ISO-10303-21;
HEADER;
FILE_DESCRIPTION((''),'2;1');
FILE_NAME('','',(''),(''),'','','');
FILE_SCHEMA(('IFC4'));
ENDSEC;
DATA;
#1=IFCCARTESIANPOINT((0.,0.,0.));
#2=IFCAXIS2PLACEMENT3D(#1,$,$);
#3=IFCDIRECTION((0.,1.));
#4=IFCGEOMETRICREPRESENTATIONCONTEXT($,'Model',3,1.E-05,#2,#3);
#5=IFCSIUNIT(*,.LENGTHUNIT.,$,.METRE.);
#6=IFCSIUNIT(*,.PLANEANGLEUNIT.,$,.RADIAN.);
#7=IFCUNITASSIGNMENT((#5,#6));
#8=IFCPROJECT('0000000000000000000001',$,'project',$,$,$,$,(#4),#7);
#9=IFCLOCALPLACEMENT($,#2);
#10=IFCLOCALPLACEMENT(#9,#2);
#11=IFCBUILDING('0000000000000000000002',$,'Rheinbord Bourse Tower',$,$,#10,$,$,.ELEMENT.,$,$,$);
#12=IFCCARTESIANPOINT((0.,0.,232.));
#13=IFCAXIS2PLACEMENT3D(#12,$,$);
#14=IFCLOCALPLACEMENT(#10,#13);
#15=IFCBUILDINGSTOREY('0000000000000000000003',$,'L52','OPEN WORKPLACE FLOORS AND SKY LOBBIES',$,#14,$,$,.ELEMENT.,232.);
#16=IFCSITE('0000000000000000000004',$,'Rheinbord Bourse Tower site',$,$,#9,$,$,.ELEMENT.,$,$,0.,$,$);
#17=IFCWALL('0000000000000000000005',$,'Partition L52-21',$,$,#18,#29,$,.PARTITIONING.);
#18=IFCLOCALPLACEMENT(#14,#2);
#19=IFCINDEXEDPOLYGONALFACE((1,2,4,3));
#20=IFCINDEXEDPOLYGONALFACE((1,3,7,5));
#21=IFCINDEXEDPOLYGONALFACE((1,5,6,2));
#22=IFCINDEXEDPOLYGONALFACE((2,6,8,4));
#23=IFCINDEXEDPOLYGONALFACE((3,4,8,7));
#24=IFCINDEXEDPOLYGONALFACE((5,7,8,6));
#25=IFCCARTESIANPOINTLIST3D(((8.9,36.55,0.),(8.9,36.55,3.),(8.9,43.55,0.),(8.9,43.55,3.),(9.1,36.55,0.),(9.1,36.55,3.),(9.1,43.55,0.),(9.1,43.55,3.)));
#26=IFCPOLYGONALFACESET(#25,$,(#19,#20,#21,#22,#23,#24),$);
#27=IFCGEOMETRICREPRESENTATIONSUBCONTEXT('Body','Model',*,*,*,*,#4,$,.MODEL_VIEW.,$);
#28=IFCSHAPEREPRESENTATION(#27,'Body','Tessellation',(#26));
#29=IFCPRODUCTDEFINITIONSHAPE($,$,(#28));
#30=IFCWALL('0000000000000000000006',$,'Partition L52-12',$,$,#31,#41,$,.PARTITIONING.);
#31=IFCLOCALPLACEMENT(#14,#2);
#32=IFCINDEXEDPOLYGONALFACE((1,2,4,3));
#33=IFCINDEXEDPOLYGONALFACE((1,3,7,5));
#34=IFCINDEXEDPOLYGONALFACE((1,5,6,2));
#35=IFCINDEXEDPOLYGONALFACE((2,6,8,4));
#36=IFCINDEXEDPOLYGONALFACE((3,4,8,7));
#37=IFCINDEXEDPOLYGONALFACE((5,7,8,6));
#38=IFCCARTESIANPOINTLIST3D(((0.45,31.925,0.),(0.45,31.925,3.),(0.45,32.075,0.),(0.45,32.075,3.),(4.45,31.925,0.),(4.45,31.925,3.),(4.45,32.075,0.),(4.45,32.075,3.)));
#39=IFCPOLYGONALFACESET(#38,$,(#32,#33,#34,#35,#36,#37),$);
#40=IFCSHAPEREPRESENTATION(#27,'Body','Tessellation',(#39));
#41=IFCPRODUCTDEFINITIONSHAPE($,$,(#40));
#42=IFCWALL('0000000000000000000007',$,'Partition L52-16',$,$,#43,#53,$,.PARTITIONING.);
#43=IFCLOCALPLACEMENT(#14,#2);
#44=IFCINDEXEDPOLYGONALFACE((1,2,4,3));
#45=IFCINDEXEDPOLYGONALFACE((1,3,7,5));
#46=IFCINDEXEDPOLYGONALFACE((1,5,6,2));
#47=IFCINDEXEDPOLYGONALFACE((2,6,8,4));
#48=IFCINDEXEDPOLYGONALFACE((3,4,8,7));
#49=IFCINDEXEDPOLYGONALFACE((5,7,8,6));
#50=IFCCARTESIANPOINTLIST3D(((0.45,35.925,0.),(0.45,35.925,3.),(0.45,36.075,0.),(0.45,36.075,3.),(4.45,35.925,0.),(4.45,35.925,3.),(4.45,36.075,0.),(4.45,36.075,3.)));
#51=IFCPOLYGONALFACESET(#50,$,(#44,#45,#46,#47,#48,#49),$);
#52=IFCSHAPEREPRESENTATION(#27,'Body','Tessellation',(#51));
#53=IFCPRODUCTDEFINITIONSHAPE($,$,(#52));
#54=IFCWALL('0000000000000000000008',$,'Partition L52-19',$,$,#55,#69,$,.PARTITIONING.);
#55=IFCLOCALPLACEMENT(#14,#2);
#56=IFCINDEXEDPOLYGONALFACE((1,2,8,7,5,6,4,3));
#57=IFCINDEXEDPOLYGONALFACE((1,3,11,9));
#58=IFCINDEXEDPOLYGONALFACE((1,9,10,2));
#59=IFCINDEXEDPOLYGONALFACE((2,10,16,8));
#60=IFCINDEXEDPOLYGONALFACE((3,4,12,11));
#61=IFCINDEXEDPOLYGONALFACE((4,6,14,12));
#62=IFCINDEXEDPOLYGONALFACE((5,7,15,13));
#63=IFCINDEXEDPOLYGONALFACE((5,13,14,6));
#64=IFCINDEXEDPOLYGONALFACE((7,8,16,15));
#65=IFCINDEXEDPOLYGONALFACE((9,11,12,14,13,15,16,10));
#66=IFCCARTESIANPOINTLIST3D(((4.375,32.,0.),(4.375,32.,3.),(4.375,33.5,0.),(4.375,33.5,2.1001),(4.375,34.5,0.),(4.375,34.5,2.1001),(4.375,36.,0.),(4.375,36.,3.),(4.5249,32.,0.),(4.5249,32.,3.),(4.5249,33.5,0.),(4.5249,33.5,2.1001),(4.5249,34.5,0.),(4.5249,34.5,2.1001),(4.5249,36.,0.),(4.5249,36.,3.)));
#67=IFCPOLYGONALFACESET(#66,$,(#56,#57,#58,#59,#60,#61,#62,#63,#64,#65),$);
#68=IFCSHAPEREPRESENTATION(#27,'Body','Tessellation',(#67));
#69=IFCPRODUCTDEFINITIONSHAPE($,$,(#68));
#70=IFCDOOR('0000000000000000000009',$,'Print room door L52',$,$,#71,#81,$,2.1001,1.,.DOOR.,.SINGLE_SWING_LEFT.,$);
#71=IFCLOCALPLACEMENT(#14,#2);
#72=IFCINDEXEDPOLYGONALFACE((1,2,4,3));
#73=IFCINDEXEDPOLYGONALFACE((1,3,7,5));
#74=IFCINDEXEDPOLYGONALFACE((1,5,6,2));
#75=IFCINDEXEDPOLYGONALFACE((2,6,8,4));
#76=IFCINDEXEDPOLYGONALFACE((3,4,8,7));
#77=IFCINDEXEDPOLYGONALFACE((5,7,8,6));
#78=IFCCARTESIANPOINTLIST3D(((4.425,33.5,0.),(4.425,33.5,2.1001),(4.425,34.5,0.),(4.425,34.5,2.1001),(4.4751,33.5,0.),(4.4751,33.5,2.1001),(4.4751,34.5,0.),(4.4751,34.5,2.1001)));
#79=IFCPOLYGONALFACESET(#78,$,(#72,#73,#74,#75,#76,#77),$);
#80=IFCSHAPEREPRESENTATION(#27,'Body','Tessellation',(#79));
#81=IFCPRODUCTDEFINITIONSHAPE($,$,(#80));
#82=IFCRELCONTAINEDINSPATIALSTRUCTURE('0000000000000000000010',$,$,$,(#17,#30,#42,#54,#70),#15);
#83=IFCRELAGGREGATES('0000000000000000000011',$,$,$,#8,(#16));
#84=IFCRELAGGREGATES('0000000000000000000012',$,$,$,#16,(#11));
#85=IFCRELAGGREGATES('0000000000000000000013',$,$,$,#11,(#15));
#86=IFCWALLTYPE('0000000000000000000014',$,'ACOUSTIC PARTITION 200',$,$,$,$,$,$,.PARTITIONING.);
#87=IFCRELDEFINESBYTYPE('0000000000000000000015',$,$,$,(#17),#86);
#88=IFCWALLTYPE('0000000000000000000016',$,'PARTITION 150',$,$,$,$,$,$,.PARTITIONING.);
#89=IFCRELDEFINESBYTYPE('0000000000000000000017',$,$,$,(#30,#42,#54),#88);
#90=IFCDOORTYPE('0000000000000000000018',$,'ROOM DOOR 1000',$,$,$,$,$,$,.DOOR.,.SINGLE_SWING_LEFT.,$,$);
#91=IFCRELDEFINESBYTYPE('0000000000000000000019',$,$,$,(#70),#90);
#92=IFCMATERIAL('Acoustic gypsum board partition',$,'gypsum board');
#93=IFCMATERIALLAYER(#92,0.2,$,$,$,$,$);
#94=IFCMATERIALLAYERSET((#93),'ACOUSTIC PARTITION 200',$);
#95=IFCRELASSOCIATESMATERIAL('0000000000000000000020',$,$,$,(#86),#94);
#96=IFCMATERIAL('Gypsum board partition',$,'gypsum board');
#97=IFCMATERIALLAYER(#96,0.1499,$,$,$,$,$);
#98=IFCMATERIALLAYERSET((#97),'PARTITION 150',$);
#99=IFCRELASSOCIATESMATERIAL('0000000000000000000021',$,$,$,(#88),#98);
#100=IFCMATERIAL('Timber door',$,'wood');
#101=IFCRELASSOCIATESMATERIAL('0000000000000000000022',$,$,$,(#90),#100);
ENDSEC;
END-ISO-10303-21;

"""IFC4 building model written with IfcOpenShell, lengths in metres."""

from ifc_helpers import new_model, si_unit, direction, frame, frame_2d, origin, place, context, subcontext, project, spatial, rectangle, extrude, material, layer, layer_set, type_object, element, fill, save


model = new_model("IFC4")

# Units and contexts
model_context = context("Model", 3, precision=1e-05, world=origin(), true_north=direction((0.0, 1.0)))
body_context = subcontext(model_context, "Body", "Model", "MODEL_VIEW")
ifc_project = project(units=[si_unit("LENGTHUNIT", "METRE"), si_unit("PLANEANGLEUNIT", "RADIAN")], contexts=[model_context])

# Site, building, storey
site_placement = place(None, origin())
site = spatial("IfcSite", under=ifc_project, at=site_placement, Name="Rheinbord Bourse Tower site", CompositionType="ELEMENT", RefElevation=0.0)
building_placement = place(site_placement, origin())
building = spatial("IfcBuilding", under=site, at=building_placement, Name="Rheinbord Bourse Tower", CompositionType="ELEMENT")
storey_placement = place(building_placement, frame((0.0, 0.0, 232.0)))
storey = spatial("IfcBuildingStorey", under=building, at=storey_placement, Name="L52", Description="OPEN WORKPLACE FLOORS AND SKY LOBBIES", CompositionType="ELEMENT", Elevation=232.0)

# Shared definitions
ifc_material_1 = material(Name="Acoustic gypsum board partition", Category="gypsum board")
ifc_layer_1 = layer(ifc_material_1, 0.2)
ifc_layer_set_1 = layer_set([ifc_layer_1], Name="ACOUSTIC PARTITION 200")
wall_type_1 = type_object("IfcWallType", Name="ACOUSTIC PARTITION 200", PredefinedType="PARTITIONING", material=ifc_layer_set_1)

# Walls
wall_1_placement = place(storey_placement, frame((9.0, 36.55, 0.0), z_axis=(0.0, 0.0, 1.0), x_axis=(0.0, 1.0, 0.0)))
element("IfcWall", 1, at=wall_1_placement, inside=storey, type_object=wall_type_1, Name="Partition L52-21", PredefinedType="PARTITIONING", context=body_context, shape_type="SweptSolid", body=[
    extrude(rectangle(XDim=7.0, YDim=0.2, at=frame_2d((3.5, 0.0))), origin(), (0.0, 0.0, 1.0), 3.0),
])
ifc_material_2 = material(Name="Gypsum board partition", Category="gypsum board")
ifc_layer_2 = layer(ifc_material_2, 0.1499)
ifc_layer_set_2 = layer_set([ifc_layer_2], Name="PARTITION 150")
wall_type_2 = type_object("IfcWallType", Name="PARTITION 150", PredefinedType="PARTITIONING", material=ifc_layer_set_2)
for number, where, z_axis, x_axis, name in (
    (2, (0.45, 32.0, 0.0), (0.0, 0.0, 1.0), (1.0, 0.0, 0.0), "Partition L52-12"),
    (3, (0.45, 36.0, 0.0), (0.0, 0.0, 1.0), (1.0, 0.0, 0.0), "Partition L52-16"),
):
    element("IfcWall", number, at=place(storey_placement, frame(where, z_axis=z_axis, x_axis=x_axis)), inside=storey, type_object=wall_type_2, Name=name, PredefinedType="PARTITIONING", context=body_context, shape_type="SweptSolid", body=[
        extrude(rectangle(XDim=4.0, YDim=0.1499, at=frame_2d((2.0, 0.0))), origin(), (0.0, 0.0, 1.0), 3.0),
    ])

# Wall, opening, door
wall_2_placement = place(storey_placement, frame((4.45, 32.0, 0.0), z_axis=(0.0, 0.0, 1.0), x_axis=(0.0, 1.0, 0.0)))
wall_2 = element("IfcWall", 4, at=wall_2_placement, inside=storey, type_object=wall_type_2, Name="Partition L52-19", PredefinedType="PARTITIONING", context=body_context, shape_type="SweptSolid", body=[
    extrude(rectangle(XDim=4.0, YDim=0.1499, at=frame_2d((2.0, 0.0))), origin(), (0.0, 0.0, 1.0), 3.0),
])
opening_1_placement = place(wall_2_placement, frame((1.5, 0.0, 0.0)))
opening_1 = element("IfcOpeningElement", 5, at=opening_1_placement, cuts=wall_2, PredefinedType="OPENING", context=body_context, shape_type="SweptSolid", body=[
    extrude(rectangle(XDim=1.0, YDim=2.1001, at=frame_2d((0.5, 1.05))), frame((0.0, 0.085, 0.0), z_axis=(0.0, -1.0, 0.0), x_axis=(1.0, 0.0, 0.0)), (0.0, 0.0, 1.0), 0.1699),
])
ifc_material_3 = material(Name="Timber door", Category="wood")
door_type_1 = type_object("IfcDoorType", Name="ROOM DOOR 1000", OperationType="SINGLE_SWING_LEFT", PredefinedType="DOOR", material=ifc_material_3)
door_1_placement = place(opening_1_placement, origin())
door_1 = element("IfcDoor", 6, at=door_1_placement, inside=storey, type_object=door_type_1, Name="Print room door L52", OperationType="SINGLE_SWING_LEFT", OverallHeight=2.1001, OverallWidth=1.0, PredefinedType="DOOR", context=body_context, shape_type="SweptSolid", body=[
    extrude(rectangle(XDim=1.0, YDim=2.1001, at=frame_2d((0.5, 1.05))), frame((0.0, 0.0249, 0.0), z_axis=(0.0, -1.0, 0.0), x_axis=(1.0, 0.0, 0.0)), (0.0, 0.0, 1.0), 0.05),
])
fill(opening_1, door_1)

save(model, "model.ifc")
